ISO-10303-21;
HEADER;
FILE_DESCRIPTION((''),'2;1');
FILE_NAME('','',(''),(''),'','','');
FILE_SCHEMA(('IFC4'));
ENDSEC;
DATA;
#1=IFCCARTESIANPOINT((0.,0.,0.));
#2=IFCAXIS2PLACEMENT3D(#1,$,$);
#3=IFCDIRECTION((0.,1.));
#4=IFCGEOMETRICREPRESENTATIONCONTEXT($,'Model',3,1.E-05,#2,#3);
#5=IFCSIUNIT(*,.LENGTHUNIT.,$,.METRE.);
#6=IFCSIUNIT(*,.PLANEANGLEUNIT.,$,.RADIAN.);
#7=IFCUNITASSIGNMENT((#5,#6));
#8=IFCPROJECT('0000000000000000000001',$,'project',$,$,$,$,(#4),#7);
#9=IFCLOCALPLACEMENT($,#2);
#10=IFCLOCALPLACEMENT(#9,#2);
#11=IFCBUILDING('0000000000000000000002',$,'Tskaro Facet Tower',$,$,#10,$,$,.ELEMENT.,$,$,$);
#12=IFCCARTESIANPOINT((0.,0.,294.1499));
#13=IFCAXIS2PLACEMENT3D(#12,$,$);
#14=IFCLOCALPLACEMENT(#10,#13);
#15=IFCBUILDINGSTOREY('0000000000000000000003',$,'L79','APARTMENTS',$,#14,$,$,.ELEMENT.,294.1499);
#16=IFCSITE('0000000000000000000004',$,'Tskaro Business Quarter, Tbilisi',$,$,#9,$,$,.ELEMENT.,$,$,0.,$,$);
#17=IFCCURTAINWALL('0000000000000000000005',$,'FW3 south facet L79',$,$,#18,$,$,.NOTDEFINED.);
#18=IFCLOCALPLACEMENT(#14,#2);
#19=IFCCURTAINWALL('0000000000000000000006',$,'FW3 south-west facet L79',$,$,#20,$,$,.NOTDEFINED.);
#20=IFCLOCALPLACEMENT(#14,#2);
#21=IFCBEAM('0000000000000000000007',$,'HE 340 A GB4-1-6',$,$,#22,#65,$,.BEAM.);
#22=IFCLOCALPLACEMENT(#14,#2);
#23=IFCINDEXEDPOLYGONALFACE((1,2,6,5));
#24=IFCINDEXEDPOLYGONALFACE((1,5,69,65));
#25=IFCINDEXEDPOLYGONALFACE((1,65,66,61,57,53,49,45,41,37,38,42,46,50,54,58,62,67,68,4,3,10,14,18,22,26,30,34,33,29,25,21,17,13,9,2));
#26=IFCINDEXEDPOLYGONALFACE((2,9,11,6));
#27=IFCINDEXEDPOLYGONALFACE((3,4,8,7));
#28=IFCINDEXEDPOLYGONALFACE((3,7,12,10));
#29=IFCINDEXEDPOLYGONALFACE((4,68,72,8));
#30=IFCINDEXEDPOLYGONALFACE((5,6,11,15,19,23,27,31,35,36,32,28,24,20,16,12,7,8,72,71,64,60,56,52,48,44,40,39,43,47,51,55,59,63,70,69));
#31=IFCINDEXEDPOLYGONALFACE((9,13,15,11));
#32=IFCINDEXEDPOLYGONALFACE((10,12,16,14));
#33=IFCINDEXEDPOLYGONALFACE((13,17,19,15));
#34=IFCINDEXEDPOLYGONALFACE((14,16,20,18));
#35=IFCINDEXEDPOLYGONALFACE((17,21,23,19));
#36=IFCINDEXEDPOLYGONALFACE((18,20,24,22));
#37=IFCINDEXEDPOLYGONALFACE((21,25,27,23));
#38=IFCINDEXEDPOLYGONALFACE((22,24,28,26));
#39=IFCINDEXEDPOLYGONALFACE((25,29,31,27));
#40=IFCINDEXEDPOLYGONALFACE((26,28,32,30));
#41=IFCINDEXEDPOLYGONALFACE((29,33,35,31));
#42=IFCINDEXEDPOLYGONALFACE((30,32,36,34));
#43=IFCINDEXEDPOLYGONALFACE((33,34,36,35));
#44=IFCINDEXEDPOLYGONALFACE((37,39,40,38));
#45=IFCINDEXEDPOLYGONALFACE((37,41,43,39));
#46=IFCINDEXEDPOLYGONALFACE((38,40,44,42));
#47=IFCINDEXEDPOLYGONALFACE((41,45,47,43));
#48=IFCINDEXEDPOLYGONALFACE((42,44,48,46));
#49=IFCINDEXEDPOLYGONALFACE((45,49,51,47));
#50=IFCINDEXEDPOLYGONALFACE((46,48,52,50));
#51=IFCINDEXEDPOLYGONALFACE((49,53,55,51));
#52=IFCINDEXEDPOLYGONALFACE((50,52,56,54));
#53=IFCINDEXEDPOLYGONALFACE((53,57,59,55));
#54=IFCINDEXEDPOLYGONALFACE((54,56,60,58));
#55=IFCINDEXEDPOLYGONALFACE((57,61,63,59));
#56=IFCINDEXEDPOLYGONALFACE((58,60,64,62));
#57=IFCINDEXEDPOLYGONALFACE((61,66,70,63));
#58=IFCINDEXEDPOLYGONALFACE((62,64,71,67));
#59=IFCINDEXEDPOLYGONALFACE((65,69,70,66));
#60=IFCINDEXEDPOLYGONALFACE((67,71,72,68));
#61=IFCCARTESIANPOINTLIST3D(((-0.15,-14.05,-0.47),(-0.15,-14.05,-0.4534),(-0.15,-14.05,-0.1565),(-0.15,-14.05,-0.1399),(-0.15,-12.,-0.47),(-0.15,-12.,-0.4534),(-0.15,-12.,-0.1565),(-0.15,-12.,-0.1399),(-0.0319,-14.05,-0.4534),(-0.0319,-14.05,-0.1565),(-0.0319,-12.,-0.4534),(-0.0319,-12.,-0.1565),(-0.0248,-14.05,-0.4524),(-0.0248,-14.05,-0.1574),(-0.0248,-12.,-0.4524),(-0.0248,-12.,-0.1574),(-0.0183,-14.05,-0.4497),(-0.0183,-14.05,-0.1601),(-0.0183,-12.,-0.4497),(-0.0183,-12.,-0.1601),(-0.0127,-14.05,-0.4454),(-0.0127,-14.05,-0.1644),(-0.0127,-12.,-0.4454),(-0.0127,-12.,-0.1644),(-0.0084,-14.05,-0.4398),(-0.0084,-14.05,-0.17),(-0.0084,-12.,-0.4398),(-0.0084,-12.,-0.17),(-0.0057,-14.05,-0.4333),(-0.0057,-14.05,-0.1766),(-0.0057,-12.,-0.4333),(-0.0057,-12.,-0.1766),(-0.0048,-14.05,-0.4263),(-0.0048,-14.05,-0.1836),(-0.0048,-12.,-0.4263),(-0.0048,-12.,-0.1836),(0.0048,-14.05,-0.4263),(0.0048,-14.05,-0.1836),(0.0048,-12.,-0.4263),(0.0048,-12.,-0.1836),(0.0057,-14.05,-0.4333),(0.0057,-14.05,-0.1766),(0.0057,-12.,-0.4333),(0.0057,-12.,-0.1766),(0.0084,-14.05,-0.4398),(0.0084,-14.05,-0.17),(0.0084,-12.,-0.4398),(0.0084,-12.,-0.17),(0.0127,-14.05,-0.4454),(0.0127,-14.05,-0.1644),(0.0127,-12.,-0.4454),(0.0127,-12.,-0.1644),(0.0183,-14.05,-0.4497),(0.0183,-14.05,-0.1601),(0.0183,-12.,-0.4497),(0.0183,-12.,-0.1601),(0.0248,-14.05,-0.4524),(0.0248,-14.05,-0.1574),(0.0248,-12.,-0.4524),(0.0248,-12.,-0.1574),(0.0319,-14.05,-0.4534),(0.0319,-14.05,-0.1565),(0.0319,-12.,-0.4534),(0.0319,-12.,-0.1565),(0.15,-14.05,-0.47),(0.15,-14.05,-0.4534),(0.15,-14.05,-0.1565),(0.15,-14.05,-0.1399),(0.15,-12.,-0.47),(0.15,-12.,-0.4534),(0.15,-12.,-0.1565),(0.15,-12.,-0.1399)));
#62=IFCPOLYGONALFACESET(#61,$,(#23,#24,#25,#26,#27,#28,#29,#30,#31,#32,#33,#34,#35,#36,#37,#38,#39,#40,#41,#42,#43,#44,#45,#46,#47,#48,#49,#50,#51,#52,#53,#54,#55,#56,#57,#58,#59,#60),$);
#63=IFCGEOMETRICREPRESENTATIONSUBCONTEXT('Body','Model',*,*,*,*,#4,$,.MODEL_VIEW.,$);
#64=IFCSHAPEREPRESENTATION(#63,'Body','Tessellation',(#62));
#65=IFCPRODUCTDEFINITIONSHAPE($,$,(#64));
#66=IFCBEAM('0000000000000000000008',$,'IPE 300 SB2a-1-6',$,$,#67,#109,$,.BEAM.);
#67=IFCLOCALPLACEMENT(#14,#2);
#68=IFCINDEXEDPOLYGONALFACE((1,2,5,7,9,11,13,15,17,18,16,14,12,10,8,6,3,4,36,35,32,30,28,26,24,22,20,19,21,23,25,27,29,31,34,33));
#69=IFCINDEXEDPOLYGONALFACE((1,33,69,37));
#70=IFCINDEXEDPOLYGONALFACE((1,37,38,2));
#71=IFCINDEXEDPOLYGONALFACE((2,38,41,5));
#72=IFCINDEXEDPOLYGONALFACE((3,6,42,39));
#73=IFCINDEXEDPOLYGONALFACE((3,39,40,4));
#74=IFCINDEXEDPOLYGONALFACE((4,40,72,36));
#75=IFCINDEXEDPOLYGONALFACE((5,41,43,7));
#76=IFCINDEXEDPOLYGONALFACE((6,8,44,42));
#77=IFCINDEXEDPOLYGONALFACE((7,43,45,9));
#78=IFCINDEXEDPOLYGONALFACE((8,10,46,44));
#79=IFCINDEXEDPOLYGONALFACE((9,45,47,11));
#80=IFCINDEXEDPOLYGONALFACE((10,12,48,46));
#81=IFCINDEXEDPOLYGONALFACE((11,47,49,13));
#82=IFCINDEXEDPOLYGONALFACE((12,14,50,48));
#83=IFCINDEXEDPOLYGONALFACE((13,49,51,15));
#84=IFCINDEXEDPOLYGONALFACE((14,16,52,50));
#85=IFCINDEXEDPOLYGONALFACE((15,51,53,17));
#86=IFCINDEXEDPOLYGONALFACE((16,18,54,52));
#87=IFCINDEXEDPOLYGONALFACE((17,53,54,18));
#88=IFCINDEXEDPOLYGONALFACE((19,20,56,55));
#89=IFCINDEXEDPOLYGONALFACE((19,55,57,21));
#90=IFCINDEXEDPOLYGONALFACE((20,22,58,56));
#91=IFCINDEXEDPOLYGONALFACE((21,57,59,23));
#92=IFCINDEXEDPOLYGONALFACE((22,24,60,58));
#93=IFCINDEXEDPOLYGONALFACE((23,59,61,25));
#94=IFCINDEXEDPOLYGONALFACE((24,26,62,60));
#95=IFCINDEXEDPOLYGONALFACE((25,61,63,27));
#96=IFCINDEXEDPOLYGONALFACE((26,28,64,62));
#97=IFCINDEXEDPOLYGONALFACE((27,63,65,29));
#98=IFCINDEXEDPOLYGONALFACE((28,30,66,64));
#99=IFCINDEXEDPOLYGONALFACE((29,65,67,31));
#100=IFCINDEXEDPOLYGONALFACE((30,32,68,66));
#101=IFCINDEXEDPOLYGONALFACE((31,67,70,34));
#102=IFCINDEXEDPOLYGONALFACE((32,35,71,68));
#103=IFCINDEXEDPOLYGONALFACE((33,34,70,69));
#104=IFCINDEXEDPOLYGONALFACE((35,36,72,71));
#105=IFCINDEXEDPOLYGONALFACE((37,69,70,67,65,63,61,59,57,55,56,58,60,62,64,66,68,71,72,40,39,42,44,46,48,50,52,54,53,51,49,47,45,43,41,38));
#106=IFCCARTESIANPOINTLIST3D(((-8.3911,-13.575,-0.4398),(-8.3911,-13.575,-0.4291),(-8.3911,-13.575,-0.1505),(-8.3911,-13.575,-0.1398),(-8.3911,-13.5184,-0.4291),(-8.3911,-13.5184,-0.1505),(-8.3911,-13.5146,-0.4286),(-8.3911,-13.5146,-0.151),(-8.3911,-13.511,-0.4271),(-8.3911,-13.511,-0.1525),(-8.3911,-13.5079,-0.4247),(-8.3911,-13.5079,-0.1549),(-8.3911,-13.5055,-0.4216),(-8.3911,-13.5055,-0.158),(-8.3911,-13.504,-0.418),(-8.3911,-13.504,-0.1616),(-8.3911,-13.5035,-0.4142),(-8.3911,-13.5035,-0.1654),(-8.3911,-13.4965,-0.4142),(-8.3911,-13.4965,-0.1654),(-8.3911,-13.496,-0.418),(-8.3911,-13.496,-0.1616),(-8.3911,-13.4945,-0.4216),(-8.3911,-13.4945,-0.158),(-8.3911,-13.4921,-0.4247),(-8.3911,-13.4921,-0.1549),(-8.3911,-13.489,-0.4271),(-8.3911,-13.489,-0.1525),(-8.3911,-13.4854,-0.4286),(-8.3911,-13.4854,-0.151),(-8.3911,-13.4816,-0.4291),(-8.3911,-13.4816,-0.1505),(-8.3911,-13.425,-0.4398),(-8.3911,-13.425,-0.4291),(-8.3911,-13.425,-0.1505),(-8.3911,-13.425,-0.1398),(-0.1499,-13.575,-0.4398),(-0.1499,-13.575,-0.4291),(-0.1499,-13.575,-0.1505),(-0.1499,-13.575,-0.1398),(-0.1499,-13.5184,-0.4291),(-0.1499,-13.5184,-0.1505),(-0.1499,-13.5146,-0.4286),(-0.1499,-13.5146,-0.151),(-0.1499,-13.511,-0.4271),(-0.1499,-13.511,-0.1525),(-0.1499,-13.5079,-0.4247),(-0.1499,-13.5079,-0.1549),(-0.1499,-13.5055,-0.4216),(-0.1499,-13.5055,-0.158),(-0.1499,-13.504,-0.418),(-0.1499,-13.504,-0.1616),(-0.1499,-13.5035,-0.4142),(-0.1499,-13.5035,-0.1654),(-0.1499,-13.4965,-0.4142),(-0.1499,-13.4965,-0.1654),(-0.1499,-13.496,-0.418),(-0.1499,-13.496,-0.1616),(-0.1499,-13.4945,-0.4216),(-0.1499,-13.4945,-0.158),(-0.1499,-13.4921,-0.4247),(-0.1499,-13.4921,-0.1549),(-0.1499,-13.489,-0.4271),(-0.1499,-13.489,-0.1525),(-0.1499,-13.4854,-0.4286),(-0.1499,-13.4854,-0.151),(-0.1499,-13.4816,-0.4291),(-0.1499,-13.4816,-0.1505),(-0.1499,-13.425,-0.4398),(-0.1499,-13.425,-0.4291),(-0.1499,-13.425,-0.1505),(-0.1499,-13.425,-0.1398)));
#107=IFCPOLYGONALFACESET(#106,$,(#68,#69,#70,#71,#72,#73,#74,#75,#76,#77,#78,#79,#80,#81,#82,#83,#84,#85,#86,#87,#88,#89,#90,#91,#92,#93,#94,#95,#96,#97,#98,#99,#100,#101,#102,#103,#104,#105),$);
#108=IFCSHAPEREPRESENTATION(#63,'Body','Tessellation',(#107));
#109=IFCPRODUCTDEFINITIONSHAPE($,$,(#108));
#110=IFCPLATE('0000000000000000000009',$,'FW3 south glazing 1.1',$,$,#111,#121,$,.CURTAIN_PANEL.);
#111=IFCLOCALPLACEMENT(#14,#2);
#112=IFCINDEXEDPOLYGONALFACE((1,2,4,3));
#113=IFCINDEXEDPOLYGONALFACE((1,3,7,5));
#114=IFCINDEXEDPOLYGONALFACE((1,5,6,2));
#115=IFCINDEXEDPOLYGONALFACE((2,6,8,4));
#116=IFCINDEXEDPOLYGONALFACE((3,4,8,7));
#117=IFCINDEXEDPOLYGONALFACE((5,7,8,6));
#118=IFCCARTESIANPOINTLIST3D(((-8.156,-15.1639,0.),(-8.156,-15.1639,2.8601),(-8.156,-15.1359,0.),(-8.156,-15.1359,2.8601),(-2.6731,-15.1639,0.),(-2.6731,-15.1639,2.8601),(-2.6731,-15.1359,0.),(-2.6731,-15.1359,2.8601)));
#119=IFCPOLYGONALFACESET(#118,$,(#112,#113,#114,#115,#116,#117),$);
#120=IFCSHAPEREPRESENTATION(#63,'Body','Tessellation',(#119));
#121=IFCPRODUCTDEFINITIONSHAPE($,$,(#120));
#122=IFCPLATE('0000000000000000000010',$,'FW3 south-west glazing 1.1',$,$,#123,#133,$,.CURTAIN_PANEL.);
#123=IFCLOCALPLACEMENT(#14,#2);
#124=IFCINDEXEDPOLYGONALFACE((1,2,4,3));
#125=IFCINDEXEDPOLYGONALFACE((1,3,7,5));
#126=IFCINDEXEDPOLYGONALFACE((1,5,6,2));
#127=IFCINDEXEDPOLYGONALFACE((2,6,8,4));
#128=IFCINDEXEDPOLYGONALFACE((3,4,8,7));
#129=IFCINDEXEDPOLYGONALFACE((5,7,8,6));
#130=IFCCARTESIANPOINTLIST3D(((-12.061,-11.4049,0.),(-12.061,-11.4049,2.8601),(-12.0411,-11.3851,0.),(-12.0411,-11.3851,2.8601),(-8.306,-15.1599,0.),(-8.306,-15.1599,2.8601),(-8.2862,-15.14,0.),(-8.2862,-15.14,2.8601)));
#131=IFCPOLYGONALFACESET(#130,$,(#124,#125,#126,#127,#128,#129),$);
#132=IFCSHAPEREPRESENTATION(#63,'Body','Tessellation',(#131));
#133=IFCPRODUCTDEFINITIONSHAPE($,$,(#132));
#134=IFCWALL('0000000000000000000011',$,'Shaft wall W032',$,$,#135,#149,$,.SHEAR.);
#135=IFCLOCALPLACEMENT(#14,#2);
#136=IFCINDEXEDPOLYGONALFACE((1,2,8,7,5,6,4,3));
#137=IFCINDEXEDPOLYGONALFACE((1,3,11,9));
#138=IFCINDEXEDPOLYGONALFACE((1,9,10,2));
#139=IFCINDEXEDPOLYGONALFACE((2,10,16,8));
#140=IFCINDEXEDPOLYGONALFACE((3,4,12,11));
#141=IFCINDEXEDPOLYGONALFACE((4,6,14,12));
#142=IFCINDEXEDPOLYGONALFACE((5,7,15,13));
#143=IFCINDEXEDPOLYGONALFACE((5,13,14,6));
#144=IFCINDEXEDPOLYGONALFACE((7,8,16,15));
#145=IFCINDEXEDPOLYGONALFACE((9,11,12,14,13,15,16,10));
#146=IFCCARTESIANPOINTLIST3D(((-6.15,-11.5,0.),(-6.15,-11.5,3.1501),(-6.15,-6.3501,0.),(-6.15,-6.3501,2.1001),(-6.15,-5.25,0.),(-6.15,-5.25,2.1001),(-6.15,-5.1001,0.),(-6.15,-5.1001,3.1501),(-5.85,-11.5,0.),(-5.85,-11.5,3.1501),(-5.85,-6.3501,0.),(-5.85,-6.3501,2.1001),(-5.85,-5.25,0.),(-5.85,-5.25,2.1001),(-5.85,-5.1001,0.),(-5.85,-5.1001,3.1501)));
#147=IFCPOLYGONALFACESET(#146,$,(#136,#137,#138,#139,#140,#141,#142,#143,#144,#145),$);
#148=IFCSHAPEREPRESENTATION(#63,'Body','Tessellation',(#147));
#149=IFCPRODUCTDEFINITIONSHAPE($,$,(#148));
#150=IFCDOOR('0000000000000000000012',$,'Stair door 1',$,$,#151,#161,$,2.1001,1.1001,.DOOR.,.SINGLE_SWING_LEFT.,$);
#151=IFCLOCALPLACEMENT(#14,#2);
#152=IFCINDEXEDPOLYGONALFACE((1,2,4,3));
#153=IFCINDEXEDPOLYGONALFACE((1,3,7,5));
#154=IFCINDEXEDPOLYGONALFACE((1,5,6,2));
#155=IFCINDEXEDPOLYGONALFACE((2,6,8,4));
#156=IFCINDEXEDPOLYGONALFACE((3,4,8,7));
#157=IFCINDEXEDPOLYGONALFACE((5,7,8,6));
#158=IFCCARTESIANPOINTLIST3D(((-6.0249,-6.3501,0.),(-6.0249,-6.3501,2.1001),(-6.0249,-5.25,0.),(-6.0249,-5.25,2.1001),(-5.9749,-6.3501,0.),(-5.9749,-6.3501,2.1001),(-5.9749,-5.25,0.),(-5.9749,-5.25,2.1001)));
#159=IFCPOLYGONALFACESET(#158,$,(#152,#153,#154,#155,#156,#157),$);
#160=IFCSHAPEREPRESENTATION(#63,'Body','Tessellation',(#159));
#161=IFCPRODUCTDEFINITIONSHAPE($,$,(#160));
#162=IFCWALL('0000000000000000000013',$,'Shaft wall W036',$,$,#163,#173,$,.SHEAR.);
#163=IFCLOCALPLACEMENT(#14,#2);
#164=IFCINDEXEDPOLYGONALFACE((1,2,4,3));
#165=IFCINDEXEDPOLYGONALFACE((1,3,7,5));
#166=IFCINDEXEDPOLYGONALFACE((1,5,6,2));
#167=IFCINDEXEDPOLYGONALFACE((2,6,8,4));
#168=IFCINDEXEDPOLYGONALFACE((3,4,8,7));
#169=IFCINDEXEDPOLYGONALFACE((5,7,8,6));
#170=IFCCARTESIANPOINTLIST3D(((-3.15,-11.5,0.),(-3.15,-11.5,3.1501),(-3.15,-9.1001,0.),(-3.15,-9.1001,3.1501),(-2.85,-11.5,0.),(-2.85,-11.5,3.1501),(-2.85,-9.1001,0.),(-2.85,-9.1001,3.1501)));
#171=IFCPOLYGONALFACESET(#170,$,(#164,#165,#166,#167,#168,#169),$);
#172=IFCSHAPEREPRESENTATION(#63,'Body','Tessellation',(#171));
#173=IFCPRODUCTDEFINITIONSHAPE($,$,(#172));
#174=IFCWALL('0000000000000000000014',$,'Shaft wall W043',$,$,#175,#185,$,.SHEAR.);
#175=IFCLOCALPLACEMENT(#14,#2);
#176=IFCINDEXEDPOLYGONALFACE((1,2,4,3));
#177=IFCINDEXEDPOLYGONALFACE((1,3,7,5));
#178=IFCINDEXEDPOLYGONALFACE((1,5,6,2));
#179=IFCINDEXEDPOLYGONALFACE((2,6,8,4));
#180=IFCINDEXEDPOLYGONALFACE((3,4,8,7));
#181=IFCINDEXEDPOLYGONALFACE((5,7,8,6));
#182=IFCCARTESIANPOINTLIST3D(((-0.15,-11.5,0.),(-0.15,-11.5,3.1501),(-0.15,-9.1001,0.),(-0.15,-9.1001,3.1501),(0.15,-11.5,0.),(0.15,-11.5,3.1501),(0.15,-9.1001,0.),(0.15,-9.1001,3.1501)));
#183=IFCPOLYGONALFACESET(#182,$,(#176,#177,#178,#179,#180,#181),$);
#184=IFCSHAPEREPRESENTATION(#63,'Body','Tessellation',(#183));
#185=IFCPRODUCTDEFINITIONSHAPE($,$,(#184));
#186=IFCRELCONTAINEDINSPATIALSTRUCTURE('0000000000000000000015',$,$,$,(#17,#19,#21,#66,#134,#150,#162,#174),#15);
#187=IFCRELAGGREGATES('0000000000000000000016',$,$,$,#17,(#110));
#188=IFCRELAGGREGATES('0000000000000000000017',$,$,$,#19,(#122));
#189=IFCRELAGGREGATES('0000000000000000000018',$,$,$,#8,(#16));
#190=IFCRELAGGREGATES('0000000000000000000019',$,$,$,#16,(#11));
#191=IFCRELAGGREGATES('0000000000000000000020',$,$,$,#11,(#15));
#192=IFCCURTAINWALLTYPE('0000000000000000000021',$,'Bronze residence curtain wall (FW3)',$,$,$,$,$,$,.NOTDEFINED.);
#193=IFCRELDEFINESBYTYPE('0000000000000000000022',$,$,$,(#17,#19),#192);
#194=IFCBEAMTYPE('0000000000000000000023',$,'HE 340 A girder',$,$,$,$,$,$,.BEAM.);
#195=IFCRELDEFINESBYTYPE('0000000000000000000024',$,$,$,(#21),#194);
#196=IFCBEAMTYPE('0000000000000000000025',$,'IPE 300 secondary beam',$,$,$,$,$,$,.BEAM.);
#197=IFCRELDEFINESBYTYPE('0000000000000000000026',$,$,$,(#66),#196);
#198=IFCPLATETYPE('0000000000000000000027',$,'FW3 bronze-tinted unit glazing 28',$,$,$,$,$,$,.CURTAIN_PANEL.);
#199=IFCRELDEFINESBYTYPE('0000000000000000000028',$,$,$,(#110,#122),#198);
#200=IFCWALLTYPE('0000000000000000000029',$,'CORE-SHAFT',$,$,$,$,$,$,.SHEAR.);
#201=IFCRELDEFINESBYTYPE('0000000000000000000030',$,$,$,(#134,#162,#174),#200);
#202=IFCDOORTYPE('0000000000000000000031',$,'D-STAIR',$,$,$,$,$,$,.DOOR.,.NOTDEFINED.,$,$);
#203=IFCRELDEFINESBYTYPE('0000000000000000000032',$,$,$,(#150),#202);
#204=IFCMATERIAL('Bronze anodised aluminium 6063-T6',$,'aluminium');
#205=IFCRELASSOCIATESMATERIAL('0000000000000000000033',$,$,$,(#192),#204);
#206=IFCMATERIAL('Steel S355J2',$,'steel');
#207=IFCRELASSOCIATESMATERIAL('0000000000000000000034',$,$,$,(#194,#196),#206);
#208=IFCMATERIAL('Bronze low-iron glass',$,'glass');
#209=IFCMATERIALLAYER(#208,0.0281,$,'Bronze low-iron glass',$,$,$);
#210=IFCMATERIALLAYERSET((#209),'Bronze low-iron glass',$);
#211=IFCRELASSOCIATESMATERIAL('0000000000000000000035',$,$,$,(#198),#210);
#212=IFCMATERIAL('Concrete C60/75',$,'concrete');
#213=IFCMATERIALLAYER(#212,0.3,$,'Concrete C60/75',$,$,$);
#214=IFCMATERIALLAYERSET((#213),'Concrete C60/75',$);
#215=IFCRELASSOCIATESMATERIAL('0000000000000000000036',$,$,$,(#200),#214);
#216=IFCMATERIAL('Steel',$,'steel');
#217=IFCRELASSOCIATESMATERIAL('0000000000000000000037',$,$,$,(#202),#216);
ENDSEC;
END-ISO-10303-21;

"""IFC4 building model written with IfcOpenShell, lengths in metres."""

from ifc_helpers import new_model, si_unit, direction, frame, frame_2d, origin, origin_2d, place, context, subcontext, project, spatial, rectangle, i_section, extrude, material, layer, layer_set, material_profile, profile_set, type_object, element, fill, aggregate, save


model = new_model("IFC4")

# Units and contexts
model_context = context("Model", 3, precision=1e-05, world=origin(), true_north=direction((0.0, 1.0)))
body_context = subcontext(model_context, "Body", "Model", "MODEL_VIEW")
ifc_project = project(units=[si_unit("LENGTHUNIT", "METRE"), si_unit("PLANEANGLEUNIT", "RADIAN")], contexts=[model_context])

# Site, building, storey
site_placement = place(None, origin())
site = spatial("IfcSite", under=ifc_project, at=site_placement, Name="Tskaro Business Quarter, Tbilisi", CompositionType="ELEMENT", RefElevation=0.0)
building_placement = place(site_placement, origin())
building = spatial("IfcBuilding", under=site, at=building_placement, Name="Tskaro Facet Tower", CompositionType="ELEMENT")
storey_placement = place(building_placement, frame((0.0, 0.0, 294.1499)))
storey = spatial("IfcBuildingStorey", under=building, at=storey_placement, Name="L79", Description="APARTMENTS", CompositionType="ELEMENT", Elevation=294.1499)

# Shared definitions
ifc_material_1 = material(Name="Steel S355J2", Category="steel")

# Curtain walls
ifc_material_2 = material(Name="Bronze anodised aluminium 6063-T6", Category="aluminium")
curtain_wall_type = type_object("IfcCurtainWallType", Name="Bronze residence curtain wall (FW3)", PredefinedType="NOTDEFINED", material=ifc_material_2)
curtain_wall_1_placement = place(storey_placement, origin())
curtain_wall_1 = element("IfcCurtainWall", 1, at=curtain_wall_1_placement, inside=storey, type_object=curtain_wall_type, Name="FW3 south facet L79", PredefinedType="NOTDEFINED")
curtain_wall_2_placement = place(storey_placement, origin())
curtain_wall_2 = element("IfcCurtainWall", 2, at=curtain_wall_2_placement, inside=storey, type_object=curtain_wall_type, Name="FW3 south-west facet L79", PredefinedType="NOTDEFINED")

# Beams
ifc_material_profile_1 = material_profile(ifc_material_1, i_section(OverallWidth=0.3, OverallDepth=0.3301, WebThickness=0.0095, FlangeThickness=0.0166, FilletRadius=0.0271, at=origin_2d()), Name="HE 340 A")
ifc_profile_set_1 = profile_set([ifc_material_profile_1], Name="Steel S355J2")
beam_type_1 = type_object("IfcBeamType", Name="HE 340 A girder", PredefinedType="BEAM", material=ifc_profile_set_1)
beam_1_placement = place(storey_placement, frame((0.0, -14.05, -0.3049), z_axis=(0.0, 1.0, 0.0), x_axis=(-1.0, 0.0, 0.0)))
element("IfcBeam", 3, at=beam_1_placement, inside=storey, type_object=beam_type_1, Name="HE 340 A GB4-1-6", PredefinedType="BEAM", context=body_context, shape_type="SweptSolid", body=[
    extrude(i_section(OverallWidth=0.3, OverallDepth=0.3301, WebThickness=0.0095, FlangeThickness=0.0166, FilletRadius=0.0271, at=origin_2d()), origin(), (0.0, 0.0, 1.0), 2.05),
])
ifc_material_profile_2 = material_profile(ifc_material_1, i_section(OverallWidth=0.1499, OverallDepth=0.3, WebThickness=0.0071, FlangeThickness=0.0107, FilletRadius=0.0149, at=origin_2d()), Name="IPE 300")
ifc_profile_set_2 = profile_set([ifc_material_profile_2], Name="Steel S355J2")
beam_type_2 = type_object("IfcBeamType", Name="IPE 300 secondary beam", PredefinedType="BEAM", material=ifc_profile_set_2)
beam_2_placement = place(storey_placement, frame((-8.3911, -13.5, -0.2898), z_axis=(1.0, 0.0, 0.0), x_axis=(0.0, 1.0, 0.0)))
element("IfcBeam", 4, at=beam_2_placement, inside=storey, type_object=beam_type_2, Name="IPE 300 SB2a-1-6", PredefinedType="BEAM", context=body_context, shape_type="SweptSolid", body=[
    extrude(i_section(OverallWidth=0.1499, OverallDepth=0.3, WebThickness=0.0071, FlangeThickness=0.0107, FilletRadius=0.0149, at=origin_2d()), origin(), (0.0, 0.0, 1.0), 8.2412),
])

# Plates
ifc_material_3 = material(Name="Bronze low-iron glass", Category="glass")
ifc_layer_1 = layer(ifc_material_3, 0.0281, Name="Bronze low-iron glass")
ifc_layer_set_1 = layer_set([ifc_layer_1], Name="Bronze low-iron glass")
plate_type = type_object("IfcPlateType", Name="FW3 bronze-tinted unit glazing 28", PredefinedType="CURTAIN_PANEL", material=ifc_layer_set_1)
plate_1_placement = place(storey_placement, frame((-5.4146, -15.1499, 0.0), z_axis=(0.0, 0.0, 1.0), x_axis=(1.0, 0.0, 0.0)))
plate_1 = element("IfcPlate", 5, at=plate_1_placement, type_object=plate_type, Name="FW3 south glazing 1.1", PredefinedType="CURTAIN_PANEL", context=body_context, shape_type="SweptSolid", body=[
    extrude(rectangle(XDim=5.4829, YDim=0.0281, at=origin_2d()), origin(), (0.0, 0.0, 1.0), 2.8601),
])
aggregate(curtain_wall_1, [plate_1])
plate_2_placement = place(storey_placement, frame((-10.1736, -13.2725, 0.0), z_axis=(0.0, 0.0, 1.0), x_axis=(0.707107, -0.707107, 0.0)))
plate_2 = element("IfcPlate", 6, at=plate_2_placement, type_object=plate_type, Name="FW3 south-west glazing 1.1", PredefinedType="CURTAIN_PANEL", context=body_context, shape_type="SweptSolid", body=[
    extrude(rectangle(XDim=5.3103, YDim=0.0281, at=origin_2d()), origin(), (0.0, 0.0, 1.0), 2.8601),
])
aggregate(curtain_wall_2, [plate_2])

# Wall, opening, door
ifc_material_4 = material(Name="Concrete C60/75", Category="concrete")
ifc_layer_2 = layer(ifc_material_4, 0.3, Name="Concrete C60/75")
ifc_layer_set_2 = layer_set([ifc_layer_2], Name="Concrete C60/75")
wall_type_1 = type_object("IfcWallType", Name="CORE-SHAFT", PredefinedType="SHEAR", material=ifc_layer_set_2)
wall_1_placement = place(storey_placement, frame((-6.0, -11.5, 0.0), z_axis=(0.0, 0.0, 1.0), x_axis=(0.0, 1.0, 0.0)))
wall_1 = element("IfcWall", 7, at=wall_1_placement, inside=storey, type_object=wall_type_1, Name="Shaft wall W032", PredefinedType="SHEAR", context=body_context, shape_type="SweptSolid", body=[
    extrude(rectangle(XDim=6.3999, YDim=0.3, at=frame_2d((3.2, 0.0))), origin(), (0.0, 0.0, 1.0), 3.1501),
])
opening_1_placement = place(wall_1_placement, frame((5.1499, 0.0, 0.0)))
opening_1 = element("IfcOpeningElement", 8, at=opening_1_placement, cuts=wall_1, PredefinedType="OPENING", context=body_context, shape_type="SweptSolid", body=[
    extrude(rectangle(XDim=1.1001, YDim=2.1001, at=frame_2d((0.55, 1.05))), frame((0.0, 0.1599, 0.0), z_axis=(0.0, -1.0, 0.0), x_axis=(1.0, 0.0, 0.0)), (0.0, 0.0, 1.0), 0.3201),
])
ifc_material_5 = material(Name="Steel", Category="steel")
door_type_1 = type_object("IfcDoorType", Name="D-STAIR", OperationType="NOTDEFINED", PredefinedType="DOOR", material=ifc_material_5)
door_1_placement = place(opening_1_placement, origin())
door_1 = element("IfcDoor", 9, at=door_1_placement, inside=storey, type_object=door_type_1, Name="Stair door 1", OperationType="SINGLE_SWING_LEFT", OverallHeight=2.1001, OverallWidth=1.1001, PredefinedType="DOOR", context=body_context, shape_type="SweptSolid", body=[
    extrude(rectangle(XDim=1.1001, YDim=2.1001, at=frame_2d((0.55, 1.05))), frame((0.0, 0.0249, 0.0), z_axis=(0.0, -1.0, 0.0), x_axis=(1.0, 0.0, 0.0)), (0.0, 0.0, 1.0), 0.05),
])
fill(opening_1, door_1)

# Walls
for number, where, z_axis, x_axis, name in (
    (10, (-3.0, -11.5, 0.0), (0.0, 0.0, 1.0), (0.0, 1.0, 0.0), "Shaft wall W036"),
    (11, (0.0, -11.5, 0.0), (0.0, 0.0, 1.0), (0.0, 1.0, 0.0), "Shaft wall W043"),
):
    element("IfcWall", number, at=place(storey_placement, frame(where, z_axis=z_axis, x_axis=x_axis)), inside=storey, type_object=wall_type_1, Name=name, PredefinedType="SHEAR", context=body_context, shape_type="SweptSolid", body=[
        extrude(rectangle(XDim=2.3999, YDim=0.3, at=frame_2d((1.2, 0.0))), origin(), (0.0, 0.0, 1.0), 3.1501),
    ])

save(model, "model.ifc")
